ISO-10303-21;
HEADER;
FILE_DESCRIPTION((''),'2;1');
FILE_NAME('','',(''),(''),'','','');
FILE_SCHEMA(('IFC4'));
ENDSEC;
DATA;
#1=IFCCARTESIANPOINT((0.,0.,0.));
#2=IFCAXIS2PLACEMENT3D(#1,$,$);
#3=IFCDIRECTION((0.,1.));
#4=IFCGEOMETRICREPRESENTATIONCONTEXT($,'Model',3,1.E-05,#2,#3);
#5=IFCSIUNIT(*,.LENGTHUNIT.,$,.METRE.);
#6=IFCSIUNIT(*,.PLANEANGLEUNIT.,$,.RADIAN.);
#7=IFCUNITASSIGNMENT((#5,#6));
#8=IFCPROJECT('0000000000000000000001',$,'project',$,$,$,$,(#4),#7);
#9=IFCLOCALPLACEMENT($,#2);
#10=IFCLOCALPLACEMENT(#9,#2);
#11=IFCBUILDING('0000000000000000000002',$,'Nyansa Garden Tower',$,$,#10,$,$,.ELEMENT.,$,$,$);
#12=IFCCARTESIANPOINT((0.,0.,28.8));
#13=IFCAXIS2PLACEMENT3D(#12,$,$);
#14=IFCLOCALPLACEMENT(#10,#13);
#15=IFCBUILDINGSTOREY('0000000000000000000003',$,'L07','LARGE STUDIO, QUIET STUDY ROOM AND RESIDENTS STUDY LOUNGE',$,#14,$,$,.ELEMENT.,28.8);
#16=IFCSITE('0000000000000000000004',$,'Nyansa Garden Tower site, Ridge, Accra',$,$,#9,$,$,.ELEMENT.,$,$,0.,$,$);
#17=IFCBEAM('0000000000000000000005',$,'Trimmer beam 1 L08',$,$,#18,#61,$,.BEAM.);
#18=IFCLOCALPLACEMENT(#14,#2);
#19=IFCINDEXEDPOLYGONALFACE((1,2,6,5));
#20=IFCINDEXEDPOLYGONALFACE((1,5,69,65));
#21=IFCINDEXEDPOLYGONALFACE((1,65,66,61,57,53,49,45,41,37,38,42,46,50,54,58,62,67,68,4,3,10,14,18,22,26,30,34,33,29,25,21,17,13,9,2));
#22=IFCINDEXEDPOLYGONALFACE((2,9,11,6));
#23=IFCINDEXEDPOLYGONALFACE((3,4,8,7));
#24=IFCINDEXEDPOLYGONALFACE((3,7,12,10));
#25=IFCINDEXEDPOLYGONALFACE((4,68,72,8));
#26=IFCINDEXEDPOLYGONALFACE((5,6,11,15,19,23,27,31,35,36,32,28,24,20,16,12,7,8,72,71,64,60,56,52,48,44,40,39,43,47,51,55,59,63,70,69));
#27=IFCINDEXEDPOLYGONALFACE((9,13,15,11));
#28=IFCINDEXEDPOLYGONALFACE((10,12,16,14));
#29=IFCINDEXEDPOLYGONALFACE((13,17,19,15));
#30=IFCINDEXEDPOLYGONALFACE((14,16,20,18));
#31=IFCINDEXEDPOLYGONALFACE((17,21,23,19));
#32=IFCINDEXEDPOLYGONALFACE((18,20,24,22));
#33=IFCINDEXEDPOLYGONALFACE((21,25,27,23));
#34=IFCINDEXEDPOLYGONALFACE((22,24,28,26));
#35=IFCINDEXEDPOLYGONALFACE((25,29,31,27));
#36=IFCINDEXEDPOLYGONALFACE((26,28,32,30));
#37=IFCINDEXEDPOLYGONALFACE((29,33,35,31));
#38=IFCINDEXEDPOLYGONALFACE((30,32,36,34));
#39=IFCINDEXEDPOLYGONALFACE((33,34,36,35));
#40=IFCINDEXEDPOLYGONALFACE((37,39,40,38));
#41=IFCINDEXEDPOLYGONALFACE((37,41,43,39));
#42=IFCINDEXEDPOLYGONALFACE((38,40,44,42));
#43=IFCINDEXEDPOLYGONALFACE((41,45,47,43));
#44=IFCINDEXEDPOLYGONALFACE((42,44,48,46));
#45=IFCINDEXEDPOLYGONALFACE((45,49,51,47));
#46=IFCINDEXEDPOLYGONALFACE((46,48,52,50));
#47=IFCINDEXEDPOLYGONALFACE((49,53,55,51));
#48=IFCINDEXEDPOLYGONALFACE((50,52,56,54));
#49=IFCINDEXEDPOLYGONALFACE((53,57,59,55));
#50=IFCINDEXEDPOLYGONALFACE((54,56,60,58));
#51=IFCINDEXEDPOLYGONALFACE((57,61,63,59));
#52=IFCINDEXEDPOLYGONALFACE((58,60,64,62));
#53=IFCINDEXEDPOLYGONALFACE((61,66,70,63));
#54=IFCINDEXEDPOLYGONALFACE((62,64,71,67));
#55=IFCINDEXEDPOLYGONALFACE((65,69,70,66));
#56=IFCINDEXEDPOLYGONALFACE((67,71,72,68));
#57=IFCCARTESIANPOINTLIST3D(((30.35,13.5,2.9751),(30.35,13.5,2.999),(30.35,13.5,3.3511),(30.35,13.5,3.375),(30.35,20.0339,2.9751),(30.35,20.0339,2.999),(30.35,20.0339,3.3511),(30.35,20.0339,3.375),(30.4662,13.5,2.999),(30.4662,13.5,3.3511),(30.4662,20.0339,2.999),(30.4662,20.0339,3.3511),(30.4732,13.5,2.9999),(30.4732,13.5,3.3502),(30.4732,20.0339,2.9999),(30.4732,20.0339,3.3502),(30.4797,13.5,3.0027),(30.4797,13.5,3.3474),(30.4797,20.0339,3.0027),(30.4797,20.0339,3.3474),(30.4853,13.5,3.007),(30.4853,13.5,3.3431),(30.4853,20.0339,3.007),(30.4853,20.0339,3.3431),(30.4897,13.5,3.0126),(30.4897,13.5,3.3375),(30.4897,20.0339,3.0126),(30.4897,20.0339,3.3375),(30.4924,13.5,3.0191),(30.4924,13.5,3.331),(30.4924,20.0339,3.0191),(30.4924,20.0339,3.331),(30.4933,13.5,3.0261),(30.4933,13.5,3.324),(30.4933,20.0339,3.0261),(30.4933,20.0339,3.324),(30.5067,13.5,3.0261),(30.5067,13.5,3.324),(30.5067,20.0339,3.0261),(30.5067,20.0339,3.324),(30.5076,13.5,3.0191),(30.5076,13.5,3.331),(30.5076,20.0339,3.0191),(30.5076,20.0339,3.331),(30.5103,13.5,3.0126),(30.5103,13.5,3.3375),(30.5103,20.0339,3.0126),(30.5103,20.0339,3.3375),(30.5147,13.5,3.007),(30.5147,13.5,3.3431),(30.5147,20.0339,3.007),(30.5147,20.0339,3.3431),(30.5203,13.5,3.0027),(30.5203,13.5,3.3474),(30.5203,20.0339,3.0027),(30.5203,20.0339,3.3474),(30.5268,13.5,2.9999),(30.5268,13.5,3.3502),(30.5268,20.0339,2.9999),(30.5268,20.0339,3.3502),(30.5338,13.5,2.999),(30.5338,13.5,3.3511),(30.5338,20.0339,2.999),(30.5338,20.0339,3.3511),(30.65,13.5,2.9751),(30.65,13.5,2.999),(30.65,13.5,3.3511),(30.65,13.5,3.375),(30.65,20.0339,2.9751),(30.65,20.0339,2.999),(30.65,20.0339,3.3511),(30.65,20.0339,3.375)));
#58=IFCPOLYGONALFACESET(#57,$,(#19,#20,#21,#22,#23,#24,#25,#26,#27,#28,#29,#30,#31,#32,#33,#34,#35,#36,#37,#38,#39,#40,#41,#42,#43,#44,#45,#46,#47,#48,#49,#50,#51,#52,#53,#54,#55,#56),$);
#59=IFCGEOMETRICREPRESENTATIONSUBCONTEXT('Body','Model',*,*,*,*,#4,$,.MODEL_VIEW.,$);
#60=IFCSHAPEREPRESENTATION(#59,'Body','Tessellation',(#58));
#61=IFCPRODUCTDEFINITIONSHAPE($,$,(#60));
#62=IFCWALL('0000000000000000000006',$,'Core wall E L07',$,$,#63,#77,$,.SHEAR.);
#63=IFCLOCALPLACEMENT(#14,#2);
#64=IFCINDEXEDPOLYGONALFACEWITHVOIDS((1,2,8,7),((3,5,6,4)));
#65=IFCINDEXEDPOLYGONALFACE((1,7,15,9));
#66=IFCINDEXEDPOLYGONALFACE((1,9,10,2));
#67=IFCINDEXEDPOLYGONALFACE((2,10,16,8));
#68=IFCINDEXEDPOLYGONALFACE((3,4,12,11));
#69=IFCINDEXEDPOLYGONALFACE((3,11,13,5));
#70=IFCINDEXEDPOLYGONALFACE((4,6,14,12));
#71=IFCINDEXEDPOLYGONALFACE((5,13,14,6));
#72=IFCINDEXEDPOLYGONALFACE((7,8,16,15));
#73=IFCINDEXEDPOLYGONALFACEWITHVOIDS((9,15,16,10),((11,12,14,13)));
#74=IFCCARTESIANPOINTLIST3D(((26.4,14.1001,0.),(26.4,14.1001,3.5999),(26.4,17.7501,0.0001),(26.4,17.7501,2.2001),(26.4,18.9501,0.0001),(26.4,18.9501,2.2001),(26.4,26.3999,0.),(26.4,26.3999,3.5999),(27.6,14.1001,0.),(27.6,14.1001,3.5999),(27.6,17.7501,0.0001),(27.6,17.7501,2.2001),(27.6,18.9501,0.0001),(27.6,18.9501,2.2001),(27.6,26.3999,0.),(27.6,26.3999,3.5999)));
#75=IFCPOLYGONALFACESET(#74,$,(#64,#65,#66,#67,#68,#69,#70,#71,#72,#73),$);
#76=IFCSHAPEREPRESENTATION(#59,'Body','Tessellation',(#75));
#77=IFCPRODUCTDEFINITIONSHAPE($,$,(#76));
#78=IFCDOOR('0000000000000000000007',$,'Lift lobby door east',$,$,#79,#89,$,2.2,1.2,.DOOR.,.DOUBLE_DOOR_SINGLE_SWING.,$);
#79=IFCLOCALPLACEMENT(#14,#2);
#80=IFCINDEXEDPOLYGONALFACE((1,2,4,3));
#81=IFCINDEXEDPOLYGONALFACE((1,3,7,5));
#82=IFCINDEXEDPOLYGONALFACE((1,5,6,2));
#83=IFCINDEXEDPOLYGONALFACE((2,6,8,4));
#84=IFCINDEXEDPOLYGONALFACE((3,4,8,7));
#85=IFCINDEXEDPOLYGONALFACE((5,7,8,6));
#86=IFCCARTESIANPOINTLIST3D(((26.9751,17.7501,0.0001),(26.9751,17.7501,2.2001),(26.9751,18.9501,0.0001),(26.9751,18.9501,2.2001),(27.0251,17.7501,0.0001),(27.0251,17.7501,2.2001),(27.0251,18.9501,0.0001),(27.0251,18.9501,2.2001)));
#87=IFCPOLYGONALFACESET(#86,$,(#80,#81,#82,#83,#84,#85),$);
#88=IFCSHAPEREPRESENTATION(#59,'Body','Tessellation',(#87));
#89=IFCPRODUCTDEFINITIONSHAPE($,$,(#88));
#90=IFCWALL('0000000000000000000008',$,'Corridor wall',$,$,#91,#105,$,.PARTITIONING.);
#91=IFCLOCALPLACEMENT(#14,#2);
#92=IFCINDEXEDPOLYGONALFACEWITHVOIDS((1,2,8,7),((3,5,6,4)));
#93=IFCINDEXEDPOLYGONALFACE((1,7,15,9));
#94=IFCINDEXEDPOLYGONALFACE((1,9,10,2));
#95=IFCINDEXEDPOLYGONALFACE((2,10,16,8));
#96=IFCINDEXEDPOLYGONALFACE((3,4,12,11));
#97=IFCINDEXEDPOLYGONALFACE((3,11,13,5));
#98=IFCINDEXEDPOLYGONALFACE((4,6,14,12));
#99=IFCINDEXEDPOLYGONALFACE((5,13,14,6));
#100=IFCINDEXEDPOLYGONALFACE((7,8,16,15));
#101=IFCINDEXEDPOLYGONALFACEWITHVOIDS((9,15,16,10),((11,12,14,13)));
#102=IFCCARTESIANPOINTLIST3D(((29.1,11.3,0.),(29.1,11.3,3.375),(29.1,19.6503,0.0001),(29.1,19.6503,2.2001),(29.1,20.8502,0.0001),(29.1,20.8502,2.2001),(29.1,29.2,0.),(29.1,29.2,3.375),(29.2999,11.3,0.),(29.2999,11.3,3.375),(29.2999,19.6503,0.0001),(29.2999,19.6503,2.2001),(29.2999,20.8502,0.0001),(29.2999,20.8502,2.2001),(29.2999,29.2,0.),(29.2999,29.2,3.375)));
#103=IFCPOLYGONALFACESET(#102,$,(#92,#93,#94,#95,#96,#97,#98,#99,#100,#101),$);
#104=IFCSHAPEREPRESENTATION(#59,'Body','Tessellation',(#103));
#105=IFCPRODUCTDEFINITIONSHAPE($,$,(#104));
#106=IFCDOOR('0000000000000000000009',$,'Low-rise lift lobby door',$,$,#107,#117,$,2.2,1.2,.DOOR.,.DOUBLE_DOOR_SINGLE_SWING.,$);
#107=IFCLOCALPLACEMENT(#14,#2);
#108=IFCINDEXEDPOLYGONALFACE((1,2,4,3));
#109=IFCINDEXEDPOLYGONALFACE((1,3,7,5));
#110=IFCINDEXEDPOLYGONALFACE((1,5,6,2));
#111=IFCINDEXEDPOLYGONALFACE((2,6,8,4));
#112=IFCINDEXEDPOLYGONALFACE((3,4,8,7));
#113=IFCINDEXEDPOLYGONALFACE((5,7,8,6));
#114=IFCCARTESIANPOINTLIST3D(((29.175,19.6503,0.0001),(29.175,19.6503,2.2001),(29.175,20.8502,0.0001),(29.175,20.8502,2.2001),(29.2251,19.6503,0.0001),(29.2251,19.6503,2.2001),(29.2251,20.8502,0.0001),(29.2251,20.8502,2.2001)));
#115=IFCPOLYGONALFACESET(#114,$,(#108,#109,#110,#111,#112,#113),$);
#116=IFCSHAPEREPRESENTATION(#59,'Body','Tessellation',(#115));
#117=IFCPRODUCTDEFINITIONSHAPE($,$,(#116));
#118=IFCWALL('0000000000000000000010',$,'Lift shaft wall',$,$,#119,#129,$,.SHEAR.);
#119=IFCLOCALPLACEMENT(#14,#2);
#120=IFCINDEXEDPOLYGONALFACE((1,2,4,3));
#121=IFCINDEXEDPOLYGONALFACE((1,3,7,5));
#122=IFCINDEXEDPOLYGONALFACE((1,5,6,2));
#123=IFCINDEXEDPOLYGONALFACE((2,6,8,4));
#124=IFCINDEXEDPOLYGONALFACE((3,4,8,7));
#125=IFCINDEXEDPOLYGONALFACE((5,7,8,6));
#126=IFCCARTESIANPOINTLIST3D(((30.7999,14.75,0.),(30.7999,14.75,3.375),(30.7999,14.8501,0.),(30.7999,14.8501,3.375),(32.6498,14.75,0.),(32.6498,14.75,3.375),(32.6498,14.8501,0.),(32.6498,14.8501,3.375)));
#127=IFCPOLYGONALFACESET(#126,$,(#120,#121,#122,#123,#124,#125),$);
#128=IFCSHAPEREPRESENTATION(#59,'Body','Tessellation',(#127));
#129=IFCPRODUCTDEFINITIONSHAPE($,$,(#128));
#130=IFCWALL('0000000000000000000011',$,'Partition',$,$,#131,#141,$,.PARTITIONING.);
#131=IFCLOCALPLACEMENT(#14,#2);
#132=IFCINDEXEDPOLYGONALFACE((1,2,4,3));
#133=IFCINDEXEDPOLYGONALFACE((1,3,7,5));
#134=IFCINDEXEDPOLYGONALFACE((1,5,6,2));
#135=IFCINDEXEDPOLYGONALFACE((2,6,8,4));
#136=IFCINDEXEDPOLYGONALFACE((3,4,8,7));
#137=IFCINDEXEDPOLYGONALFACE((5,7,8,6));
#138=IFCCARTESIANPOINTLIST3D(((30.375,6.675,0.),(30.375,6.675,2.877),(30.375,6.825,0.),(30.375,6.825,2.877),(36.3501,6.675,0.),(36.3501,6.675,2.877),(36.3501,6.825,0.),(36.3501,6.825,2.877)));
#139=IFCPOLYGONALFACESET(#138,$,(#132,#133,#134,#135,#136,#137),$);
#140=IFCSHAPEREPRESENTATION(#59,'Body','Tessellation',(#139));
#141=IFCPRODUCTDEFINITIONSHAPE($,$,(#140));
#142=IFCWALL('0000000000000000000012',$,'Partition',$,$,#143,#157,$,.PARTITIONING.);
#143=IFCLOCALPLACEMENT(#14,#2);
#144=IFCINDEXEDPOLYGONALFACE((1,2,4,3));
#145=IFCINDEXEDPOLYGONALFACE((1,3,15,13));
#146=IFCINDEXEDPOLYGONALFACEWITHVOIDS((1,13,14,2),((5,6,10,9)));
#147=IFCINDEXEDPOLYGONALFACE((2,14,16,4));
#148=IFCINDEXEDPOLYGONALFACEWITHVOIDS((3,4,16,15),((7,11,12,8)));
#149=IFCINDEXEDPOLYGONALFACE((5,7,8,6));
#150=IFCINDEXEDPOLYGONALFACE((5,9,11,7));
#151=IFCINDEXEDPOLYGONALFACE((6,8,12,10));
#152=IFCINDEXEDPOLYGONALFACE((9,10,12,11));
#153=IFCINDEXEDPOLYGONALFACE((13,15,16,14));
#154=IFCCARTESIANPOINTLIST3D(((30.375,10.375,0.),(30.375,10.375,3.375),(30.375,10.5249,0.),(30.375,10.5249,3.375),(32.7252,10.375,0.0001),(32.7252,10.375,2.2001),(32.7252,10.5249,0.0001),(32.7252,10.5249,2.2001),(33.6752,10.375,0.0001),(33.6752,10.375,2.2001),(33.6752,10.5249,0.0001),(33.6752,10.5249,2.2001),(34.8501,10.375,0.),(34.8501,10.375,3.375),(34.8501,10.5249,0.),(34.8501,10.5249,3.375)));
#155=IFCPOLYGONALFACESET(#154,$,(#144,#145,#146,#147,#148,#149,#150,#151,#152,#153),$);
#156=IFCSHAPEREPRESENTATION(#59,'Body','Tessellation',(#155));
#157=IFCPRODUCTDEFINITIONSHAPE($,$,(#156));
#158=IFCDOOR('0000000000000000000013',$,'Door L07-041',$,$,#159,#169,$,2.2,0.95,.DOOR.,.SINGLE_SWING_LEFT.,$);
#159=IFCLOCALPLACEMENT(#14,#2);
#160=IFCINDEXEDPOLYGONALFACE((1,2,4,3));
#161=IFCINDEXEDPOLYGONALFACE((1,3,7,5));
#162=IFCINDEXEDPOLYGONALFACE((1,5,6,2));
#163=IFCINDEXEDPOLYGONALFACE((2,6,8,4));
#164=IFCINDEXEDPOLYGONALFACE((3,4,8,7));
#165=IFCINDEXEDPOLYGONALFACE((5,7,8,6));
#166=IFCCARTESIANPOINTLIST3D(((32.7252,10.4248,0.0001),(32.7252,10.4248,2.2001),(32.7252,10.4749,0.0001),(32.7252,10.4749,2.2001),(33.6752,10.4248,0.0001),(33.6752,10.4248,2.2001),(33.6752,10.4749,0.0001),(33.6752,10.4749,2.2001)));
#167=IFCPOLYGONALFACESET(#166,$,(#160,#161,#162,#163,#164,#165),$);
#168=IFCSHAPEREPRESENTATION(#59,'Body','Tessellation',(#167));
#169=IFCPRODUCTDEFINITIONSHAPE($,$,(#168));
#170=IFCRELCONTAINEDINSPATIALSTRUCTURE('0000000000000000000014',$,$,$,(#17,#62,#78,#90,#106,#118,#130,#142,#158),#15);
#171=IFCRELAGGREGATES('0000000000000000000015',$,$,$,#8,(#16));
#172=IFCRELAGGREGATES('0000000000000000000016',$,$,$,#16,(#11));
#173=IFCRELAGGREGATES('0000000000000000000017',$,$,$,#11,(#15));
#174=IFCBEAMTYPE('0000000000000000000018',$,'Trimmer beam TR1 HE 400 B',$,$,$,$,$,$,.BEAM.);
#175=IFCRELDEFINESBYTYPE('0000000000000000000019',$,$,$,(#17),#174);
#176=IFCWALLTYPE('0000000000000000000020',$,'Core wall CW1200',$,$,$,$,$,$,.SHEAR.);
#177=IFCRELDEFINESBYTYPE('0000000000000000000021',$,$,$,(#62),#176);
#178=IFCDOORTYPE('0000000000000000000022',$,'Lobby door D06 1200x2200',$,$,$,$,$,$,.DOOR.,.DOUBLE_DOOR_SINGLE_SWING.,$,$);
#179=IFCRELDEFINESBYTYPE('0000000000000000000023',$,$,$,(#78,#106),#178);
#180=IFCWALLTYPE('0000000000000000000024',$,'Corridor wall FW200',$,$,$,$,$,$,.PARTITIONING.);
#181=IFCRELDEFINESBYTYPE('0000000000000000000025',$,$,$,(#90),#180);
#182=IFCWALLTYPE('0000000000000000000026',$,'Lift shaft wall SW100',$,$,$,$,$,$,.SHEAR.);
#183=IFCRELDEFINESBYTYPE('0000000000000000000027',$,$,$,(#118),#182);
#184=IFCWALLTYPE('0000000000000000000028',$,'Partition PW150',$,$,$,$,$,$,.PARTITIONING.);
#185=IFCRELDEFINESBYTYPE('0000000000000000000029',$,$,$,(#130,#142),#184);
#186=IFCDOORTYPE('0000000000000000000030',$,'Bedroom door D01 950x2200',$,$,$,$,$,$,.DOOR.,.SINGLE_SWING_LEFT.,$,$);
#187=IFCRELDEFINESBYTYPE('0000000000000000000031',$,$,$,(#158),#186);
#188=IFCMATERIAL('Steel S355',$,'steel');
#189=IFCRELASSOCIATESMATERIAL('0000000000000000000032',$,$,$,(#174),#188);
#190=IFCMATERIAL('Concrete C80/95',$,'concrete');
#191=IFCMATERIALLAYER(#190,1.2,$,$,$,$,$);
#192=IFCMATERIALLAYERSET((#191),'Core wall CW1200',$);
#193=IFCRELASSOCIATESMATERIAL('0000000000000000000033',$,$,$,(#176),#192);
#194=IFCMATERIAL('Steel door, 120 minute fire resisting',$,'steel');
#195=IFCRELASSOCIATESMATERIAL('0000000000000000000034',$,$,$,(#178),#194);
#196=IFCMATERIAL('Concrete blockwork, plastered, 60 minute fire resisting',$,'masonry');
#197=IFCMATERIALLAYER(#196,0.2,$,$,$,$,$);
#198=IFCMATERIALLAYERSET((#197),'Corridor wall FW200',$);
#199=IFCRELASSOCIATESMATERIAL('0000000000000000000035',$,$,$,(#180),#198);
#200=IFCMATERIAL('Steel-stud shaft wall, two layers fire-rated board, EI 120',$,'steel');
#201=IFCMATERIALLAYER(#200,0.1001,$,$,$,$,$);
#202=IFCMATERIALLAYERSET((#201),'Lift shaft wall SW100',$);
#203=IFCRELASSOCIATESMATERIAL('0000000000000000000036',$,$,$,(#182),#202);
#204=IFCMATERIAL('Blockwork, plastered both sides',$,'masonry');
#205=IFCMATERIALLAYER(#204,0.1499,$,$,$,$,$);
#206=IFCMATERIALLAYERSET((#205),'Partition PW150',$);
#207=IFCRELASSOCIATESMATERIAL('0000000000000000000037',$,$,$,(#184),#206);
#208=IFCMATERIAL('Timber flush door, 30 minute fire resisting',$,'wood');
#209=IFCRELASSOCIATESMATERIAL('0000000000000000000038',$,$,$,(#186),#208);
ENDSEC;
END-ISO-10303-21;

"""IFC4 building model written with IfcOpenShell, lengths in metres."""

from ifc_helpers import new_model, si_unit, direction, frame, frame_2d, origin, origin_2d, place, context, subcontext, project, spatial, rectangle, i_section, extrude, material, layer, layer_set, material_profile, profile_set, type_object, element, fill, save


model = new_model("IFC4")

# Units and contexts
model_context = context("Model", 3, precision=1e-05, world=origin(), true_north=direction((0.0, 1.0)))
body_context = subcontext(model_context, "Body", "Model", "MODEL_VIEW")
ifc_project = project(units=[si_unit("LENGTHUNIT", "METRE"), si_unit("PLANEANGLEUNIT", "RADIAN")], contexts=[model_context])

# Site, building, storey
site_placement = place(None, origin())
site = spatial("IfcSite", under=ifc_project, at=site_placement, Name="Nyansa Garden Tower site, Ridge, Accra", CompositionType="ELEMENT", RefElevation=0.0)
building_placement = place(site_placement, origin())
building = spatial("IfcBuilding", under=site, at=building_placement, Name="Nyansa Garden Tower", CompositionType="ELEMENT")
storey_placement = place(building_placement, frame((0.0, 0.0, 28.8)))
storey = spatial("IfcBuildingStorey", under=building, at=storey_placement, Name="L07", Description="LARGE STUDIO, QUIET STUDY ROOM AND RESIDENTS STUDY LOUNGE", CompositionType="ELEMENT", Elevation=28.8)

# Beam
ifc_material_1 = material(Name="Steel S355", Category="steel")
ifc_material_profile_1 = material_profile(ifc_material_1, i_section(OverallWidth=0.3, OverallDepth=0.3999, WebThickness=0.0134, FlangeThickness=0.0239, FilletRadius=0.0271, at=origin_2d()), Name="HE 400 B")
ifc_profile_set_1 = profile_set([ifc_material_profile_1], Name="Steel S355")
beam_type_1 = type_object("IfcBeamType", Name="Trimmer beam TR1 HE 400 B", PredefinedType="BEAM", material=ifc_profile_set_1)
beam_1_placement = place(storey_placement, frame((30.5, 13.5, 3.175), z_axis=(0.0, 1.0, 0.0), x_axis=(-1.0, 0.0, 0.0)))
element("IfcBeam", 1, at=beam_1_placement, inside=storey, type_object=beam_type_1, Name="Trimmer beam 1 L08", PredefinedType="BEAM", context=body_context, shape_type="SweptSolid", body=[
    extrude(i_section(OverallWidth=0.3, OverallDepth=0.3999, WebThickness=0.0134, FlangeThickness=0.0239, FilletRadius=0.0271, at=origin_2d()), origin(), (0.0, 0.0, 1.0), 6.5339),
])

# Walls, openings, doors
ifc_material_2 = material(Name="Concrete C80/95", Category="concrete")
ifc_layer_1 = layer(ifc_material_2, 1.2)
ifc_layer_set_1 = layer_set([ifc_layer_1], Name="Core wall CW1200")
wall_type_1 = type_object("IfcWallType", Name="Core wall CW1200", PredefinedType="SHEAR", material=ifc_layer_set_1)
wall_1_placement = place(storey_placement, frame((27.0, 14.1001, 0.0), z_axis=(0.0, 0.0, 1.0), x_axis=(0.0, 1.0, 0.0)))
wall_1 = element("IfcWall", 2, at=wall_1_placement, inside=storey, type_object=wall_type_1, Name="Core wall E L07", PredefinedType="SHEAR", context=body_context, shape_type="SweptSolid", body=[
    extrude(rectangle(XDim=12.2998, YDim=1.2, at=frame_2d((6.1499, 0.0))), origin(), (0.0, 0.0, 1.0), 3.5999),
])
opening_1_placement = place(wall_1_placement, frame((3.6499, 0.0, 0.0)))
opening_1 = element("IfcOpeningElement", 3, at=opening_1_placement, cuts=wall_1, PredefinedType="OPENING", context=body_context, shape_type="SweptSolid", body=[
    extrude(rectangle(XDim=1.2, YDim=2.2, at=frame_2d((0.6001, 1.1001))), frame((0.0, 0.6099, 0.0), z_axis=(0.0, -1.0, 0.0), x_axis=(1.0, 0.0, 0.0)), (0.0, 0.0, 1.0), 1.22),
])
ifc_material_3 = material(Name="Steel door, 120 minute fire resisting", Category="steel")
door_type_1 = type_object("IfcDoorType", Name="Lobby door D06 1200x2200", OperationType="DOUBLE_DOOR_SINGLE_SWING", PredefinedType="DOOR", material=ifc_material_3)
door_1_placement = place(opening_1_placement, origin())
door_1 = element("IfcDoor", 4, at=door_1_placement, inside=storey, type_object=door_type_1, Name="Lift lobby door east", OperationType="DOUBLE_DOOR_SINGLE_SWING", OverallHeight=2.2, OverallWidth=1.2, PredefinedType="DOOR", context=body_context, shape_type="SweptSolid", body=[
    extrude(rectangle(XDim=1.2, YDim=2.2, at=frame_2d((0.6001, 1.1001))), frame((0.0, 0.0249, 0.0), z_axis=(0.0, -1.0, 0.0), x_axis=(1.0, 0.0, 0.0)), (0.0, 0.0, 1.0), 0.05),
])
fill(opening_1, door_1)
ifc_material_4 = material(Name="Concrete blockwork, plastered, 60 minute fire resisting", Category="masonry")
ifc_layer_2 = layer(ifc_material_4, 0.2)
ifc_layer_set_2 = layer_set([ifc_layer_2], Name="Corridor wall FW200")
wall_type_2 = type_object("IfcWallType", Name="Corridor wall FW200", PredefinedType="PARTITIONING", material=ifc_layer_set_2)
wall_2_placement = place(storey_placement, frame((29.2, 11.3, 0.0), z_axis=(0.0, 0.0, 1.0), x_axis=(0.0, 1.0, 0.0)))
wall_2 = element("IfcWall", 5, at=wall_2_placement, inside=storey, type_object=wall_type_2, Name="Corridor wall", PredefinedType="PARTITIONING", context=body_context, shape_type="SweptSolid", body=[
    extrude(rectangle(XDim=17.8999, YDim=0.2, at=frame_2d((8.95, 0.0))), origin(), (0.0, 0.0, 1.0), 3.375),
])
opening_2_placement = place(wall_2_placement, frame((8.3501, 0.0, 0.0)))
opening_2 = element("IfcOpeningElement", 6, at=opening_2_placement, cuts=wall_2, PredefinedType="OPENING", context=body_context, shape_type="SweptSolid", body=[
    extrude(rectangle(XDim=1.2, YDim=2.2, at=frame_2d((0.6001, 1.1001))), frame((0.0, 0.1099, 0.0), z_axis=(0.0, -1.0, 0.0), x_axis=(1.0, 0.0, 0.0)), (0.0, 0.0, 1.0), 0.22),
])
door_2_placement = place(opening_2_placement, origin())
door_2 = element("IfcDoor", 7, at=door_2_placement, inside=storey, type_object=door_type_1, Name="Low-rise lift lobby door", OperationType="DOUBLE_DOOR_SINGLE_SWING", OverallHeight=2.2, OverallWidth=1.2, PredefinedType="DOOR", context=body_context, shape_type="SweptSolid", body=[
    extrude(rectangle(XDim=1.2, YDim=2.2, at=frame_2d((0.6001, 1.1001))), frame((0.0, 0.0249, 0.0), z_axis=(0.0, -1.0, 0.0), x_axis=(1.0, 0.0, 0.0)), (0.0, 0.0, 1.0), 0.05),
])
fill(opening_2, door_2)

# Walls
ifc_material_5 = material(Name="Steel-stud shaft wall, two layers fire-rated board, EI 120", Category="steel")
ifc_layer_3 = layer(ifc_material_5, 0.1001)
ifc_layer_set_3 = layer_set([ifc_layer_3], Name="Lift shaft wall SW100")
wall_type_3 = type_object("IfcWallType", Name="Lift shaft wall SW100", PredefinedType="SHEAR", material=ifc_layer_set_3)
wall_3_placement = place(storey_placement, frame((30.8, 14.8, 0.0), z_axis=(0.0, 0.0, 1.0), x_axis=(1.0, 0.0, 0.0)))
element("IfcWall", 8, at=wall_3_placement, inside=storey, type_object=wall_type_3, Name="Lift shaft wall", PredefinedType="SHEAR", context=body_context, shape_type="SweptSolid", body=[
    extrude(rectangle(XDim=1.8499, YDim=0.1001, at=frame_2d((0.9248, 0.0))), origin(), (0.0, 0.0, 1.0), 3.375),
])
ifc_material_6 = material(Name="Blockwork, plastered both sides", Category="masonry")
ifc_layer_4 = layer(ifc_material_6, 0.1499)
ifc_layer_set_4 = layer_set([ifc_layer_4], Name="Partition PW150")
wall_type_4 = type_object("IfcWallType", Name="Partition PW150", PredefinedType="PARTITIONING", material=ifc_layer_set_4)
wall_4_placement = place(storey_placement, frame((30.375, 6.75, 0.0), z_axis=(0.0, 0.0, 1.0), x_axis=(1.0, 0.0, 0.0)))
element("IfcWall", 9, at=wall_4_placement, inside=storey, type_object=wall_type_4, Name="Partition", PredefinedType="PARTITIONING", context=body_context, shape_type="SweptSolid", body=[
    extrude(rectangle(XDim=5.9751, YDim=0.1499, at=frame_2d((2.9875, 0.0))), origin(), (0.0, 0.0, 1.0), 2.877),
])

# Wall, opening, door
wall_5_placement = place(storey_placement, frame((30.375, 10.45, 0.0), z_axis=(0.0, 0.0, 1.0), x_axis=(1.0, 0.0, 0.0)))
wall_5 = element("IfcWall", 10, at=wall_5_placement, inside=storey, type_object=wall_type_4, Name="Partition", PredefinedType="PARTITIONING", context=body_context, shape_type="SweptSolid", body=[
    extrude(rectangle(XDim=4.4751, YDim=0.1499, at=frame_2d((2.2375, 0.0))), origin(), (0.0, 0.0, 1.0), 3.375),
])
opening_3_placement = place(wall_5_placement, frame((2.3501, 0.0, 0.0)))
opening_3 = element("IfcOpeningElement", 11, at=opening_3_placement, cuts=wall_5, PredefinedType="OPENING", context=body_context, shape_type="SweptSolid", body=[
    extrude(rectangle(XDim=0.95, YDim=2.2, at=frame_2d((0.4751, 1.1001))), frame((0.0, 0.085, 0.0), z_axis=(0.0, -1.0, 0.0), x_axis=(1.0, 0.0, 0.0)), (0.0, 0.0, 1.0), 0.1699),
])
ifc_material_7 = material(Name="Timber flush door, 30 minute fire resisting", Category="wood")
door_type_2 = type_object("IfcDoorType", Name="Bedroom door D01 950x2200", OperationType="SINGLE_SWING_LEFT", PredefinedType="DOOR", material=ifc_material_7)
door_3_placement = place(opening_3_placement, origin())
door_3 = element("IfcDoor", 12, at=door_3_placement, inside=storey, type_object=door_type_2, Name="Door L07-041", OperationType="SINGLE_SWING_LEFT", OverallHeight=2.2, OverallWidth=0.95, PredefinedType="DOOR", context=body_context, shape_type="SweptSolid", body=[
    extrude(rectangle(XDim=0.95, YDim=2.2, at=frame_2d((0.4751, 1.1001))), frame((0.0, 0.0249, 0.0), z_axis=(0.0, -1.0, 0.0), x_axis=(1.0, 0.0, 0.0)), (0.0, 0.0, 1.0), 0.05),
])
fill(opening_3, door_3)

save(model, "model.ifc")
